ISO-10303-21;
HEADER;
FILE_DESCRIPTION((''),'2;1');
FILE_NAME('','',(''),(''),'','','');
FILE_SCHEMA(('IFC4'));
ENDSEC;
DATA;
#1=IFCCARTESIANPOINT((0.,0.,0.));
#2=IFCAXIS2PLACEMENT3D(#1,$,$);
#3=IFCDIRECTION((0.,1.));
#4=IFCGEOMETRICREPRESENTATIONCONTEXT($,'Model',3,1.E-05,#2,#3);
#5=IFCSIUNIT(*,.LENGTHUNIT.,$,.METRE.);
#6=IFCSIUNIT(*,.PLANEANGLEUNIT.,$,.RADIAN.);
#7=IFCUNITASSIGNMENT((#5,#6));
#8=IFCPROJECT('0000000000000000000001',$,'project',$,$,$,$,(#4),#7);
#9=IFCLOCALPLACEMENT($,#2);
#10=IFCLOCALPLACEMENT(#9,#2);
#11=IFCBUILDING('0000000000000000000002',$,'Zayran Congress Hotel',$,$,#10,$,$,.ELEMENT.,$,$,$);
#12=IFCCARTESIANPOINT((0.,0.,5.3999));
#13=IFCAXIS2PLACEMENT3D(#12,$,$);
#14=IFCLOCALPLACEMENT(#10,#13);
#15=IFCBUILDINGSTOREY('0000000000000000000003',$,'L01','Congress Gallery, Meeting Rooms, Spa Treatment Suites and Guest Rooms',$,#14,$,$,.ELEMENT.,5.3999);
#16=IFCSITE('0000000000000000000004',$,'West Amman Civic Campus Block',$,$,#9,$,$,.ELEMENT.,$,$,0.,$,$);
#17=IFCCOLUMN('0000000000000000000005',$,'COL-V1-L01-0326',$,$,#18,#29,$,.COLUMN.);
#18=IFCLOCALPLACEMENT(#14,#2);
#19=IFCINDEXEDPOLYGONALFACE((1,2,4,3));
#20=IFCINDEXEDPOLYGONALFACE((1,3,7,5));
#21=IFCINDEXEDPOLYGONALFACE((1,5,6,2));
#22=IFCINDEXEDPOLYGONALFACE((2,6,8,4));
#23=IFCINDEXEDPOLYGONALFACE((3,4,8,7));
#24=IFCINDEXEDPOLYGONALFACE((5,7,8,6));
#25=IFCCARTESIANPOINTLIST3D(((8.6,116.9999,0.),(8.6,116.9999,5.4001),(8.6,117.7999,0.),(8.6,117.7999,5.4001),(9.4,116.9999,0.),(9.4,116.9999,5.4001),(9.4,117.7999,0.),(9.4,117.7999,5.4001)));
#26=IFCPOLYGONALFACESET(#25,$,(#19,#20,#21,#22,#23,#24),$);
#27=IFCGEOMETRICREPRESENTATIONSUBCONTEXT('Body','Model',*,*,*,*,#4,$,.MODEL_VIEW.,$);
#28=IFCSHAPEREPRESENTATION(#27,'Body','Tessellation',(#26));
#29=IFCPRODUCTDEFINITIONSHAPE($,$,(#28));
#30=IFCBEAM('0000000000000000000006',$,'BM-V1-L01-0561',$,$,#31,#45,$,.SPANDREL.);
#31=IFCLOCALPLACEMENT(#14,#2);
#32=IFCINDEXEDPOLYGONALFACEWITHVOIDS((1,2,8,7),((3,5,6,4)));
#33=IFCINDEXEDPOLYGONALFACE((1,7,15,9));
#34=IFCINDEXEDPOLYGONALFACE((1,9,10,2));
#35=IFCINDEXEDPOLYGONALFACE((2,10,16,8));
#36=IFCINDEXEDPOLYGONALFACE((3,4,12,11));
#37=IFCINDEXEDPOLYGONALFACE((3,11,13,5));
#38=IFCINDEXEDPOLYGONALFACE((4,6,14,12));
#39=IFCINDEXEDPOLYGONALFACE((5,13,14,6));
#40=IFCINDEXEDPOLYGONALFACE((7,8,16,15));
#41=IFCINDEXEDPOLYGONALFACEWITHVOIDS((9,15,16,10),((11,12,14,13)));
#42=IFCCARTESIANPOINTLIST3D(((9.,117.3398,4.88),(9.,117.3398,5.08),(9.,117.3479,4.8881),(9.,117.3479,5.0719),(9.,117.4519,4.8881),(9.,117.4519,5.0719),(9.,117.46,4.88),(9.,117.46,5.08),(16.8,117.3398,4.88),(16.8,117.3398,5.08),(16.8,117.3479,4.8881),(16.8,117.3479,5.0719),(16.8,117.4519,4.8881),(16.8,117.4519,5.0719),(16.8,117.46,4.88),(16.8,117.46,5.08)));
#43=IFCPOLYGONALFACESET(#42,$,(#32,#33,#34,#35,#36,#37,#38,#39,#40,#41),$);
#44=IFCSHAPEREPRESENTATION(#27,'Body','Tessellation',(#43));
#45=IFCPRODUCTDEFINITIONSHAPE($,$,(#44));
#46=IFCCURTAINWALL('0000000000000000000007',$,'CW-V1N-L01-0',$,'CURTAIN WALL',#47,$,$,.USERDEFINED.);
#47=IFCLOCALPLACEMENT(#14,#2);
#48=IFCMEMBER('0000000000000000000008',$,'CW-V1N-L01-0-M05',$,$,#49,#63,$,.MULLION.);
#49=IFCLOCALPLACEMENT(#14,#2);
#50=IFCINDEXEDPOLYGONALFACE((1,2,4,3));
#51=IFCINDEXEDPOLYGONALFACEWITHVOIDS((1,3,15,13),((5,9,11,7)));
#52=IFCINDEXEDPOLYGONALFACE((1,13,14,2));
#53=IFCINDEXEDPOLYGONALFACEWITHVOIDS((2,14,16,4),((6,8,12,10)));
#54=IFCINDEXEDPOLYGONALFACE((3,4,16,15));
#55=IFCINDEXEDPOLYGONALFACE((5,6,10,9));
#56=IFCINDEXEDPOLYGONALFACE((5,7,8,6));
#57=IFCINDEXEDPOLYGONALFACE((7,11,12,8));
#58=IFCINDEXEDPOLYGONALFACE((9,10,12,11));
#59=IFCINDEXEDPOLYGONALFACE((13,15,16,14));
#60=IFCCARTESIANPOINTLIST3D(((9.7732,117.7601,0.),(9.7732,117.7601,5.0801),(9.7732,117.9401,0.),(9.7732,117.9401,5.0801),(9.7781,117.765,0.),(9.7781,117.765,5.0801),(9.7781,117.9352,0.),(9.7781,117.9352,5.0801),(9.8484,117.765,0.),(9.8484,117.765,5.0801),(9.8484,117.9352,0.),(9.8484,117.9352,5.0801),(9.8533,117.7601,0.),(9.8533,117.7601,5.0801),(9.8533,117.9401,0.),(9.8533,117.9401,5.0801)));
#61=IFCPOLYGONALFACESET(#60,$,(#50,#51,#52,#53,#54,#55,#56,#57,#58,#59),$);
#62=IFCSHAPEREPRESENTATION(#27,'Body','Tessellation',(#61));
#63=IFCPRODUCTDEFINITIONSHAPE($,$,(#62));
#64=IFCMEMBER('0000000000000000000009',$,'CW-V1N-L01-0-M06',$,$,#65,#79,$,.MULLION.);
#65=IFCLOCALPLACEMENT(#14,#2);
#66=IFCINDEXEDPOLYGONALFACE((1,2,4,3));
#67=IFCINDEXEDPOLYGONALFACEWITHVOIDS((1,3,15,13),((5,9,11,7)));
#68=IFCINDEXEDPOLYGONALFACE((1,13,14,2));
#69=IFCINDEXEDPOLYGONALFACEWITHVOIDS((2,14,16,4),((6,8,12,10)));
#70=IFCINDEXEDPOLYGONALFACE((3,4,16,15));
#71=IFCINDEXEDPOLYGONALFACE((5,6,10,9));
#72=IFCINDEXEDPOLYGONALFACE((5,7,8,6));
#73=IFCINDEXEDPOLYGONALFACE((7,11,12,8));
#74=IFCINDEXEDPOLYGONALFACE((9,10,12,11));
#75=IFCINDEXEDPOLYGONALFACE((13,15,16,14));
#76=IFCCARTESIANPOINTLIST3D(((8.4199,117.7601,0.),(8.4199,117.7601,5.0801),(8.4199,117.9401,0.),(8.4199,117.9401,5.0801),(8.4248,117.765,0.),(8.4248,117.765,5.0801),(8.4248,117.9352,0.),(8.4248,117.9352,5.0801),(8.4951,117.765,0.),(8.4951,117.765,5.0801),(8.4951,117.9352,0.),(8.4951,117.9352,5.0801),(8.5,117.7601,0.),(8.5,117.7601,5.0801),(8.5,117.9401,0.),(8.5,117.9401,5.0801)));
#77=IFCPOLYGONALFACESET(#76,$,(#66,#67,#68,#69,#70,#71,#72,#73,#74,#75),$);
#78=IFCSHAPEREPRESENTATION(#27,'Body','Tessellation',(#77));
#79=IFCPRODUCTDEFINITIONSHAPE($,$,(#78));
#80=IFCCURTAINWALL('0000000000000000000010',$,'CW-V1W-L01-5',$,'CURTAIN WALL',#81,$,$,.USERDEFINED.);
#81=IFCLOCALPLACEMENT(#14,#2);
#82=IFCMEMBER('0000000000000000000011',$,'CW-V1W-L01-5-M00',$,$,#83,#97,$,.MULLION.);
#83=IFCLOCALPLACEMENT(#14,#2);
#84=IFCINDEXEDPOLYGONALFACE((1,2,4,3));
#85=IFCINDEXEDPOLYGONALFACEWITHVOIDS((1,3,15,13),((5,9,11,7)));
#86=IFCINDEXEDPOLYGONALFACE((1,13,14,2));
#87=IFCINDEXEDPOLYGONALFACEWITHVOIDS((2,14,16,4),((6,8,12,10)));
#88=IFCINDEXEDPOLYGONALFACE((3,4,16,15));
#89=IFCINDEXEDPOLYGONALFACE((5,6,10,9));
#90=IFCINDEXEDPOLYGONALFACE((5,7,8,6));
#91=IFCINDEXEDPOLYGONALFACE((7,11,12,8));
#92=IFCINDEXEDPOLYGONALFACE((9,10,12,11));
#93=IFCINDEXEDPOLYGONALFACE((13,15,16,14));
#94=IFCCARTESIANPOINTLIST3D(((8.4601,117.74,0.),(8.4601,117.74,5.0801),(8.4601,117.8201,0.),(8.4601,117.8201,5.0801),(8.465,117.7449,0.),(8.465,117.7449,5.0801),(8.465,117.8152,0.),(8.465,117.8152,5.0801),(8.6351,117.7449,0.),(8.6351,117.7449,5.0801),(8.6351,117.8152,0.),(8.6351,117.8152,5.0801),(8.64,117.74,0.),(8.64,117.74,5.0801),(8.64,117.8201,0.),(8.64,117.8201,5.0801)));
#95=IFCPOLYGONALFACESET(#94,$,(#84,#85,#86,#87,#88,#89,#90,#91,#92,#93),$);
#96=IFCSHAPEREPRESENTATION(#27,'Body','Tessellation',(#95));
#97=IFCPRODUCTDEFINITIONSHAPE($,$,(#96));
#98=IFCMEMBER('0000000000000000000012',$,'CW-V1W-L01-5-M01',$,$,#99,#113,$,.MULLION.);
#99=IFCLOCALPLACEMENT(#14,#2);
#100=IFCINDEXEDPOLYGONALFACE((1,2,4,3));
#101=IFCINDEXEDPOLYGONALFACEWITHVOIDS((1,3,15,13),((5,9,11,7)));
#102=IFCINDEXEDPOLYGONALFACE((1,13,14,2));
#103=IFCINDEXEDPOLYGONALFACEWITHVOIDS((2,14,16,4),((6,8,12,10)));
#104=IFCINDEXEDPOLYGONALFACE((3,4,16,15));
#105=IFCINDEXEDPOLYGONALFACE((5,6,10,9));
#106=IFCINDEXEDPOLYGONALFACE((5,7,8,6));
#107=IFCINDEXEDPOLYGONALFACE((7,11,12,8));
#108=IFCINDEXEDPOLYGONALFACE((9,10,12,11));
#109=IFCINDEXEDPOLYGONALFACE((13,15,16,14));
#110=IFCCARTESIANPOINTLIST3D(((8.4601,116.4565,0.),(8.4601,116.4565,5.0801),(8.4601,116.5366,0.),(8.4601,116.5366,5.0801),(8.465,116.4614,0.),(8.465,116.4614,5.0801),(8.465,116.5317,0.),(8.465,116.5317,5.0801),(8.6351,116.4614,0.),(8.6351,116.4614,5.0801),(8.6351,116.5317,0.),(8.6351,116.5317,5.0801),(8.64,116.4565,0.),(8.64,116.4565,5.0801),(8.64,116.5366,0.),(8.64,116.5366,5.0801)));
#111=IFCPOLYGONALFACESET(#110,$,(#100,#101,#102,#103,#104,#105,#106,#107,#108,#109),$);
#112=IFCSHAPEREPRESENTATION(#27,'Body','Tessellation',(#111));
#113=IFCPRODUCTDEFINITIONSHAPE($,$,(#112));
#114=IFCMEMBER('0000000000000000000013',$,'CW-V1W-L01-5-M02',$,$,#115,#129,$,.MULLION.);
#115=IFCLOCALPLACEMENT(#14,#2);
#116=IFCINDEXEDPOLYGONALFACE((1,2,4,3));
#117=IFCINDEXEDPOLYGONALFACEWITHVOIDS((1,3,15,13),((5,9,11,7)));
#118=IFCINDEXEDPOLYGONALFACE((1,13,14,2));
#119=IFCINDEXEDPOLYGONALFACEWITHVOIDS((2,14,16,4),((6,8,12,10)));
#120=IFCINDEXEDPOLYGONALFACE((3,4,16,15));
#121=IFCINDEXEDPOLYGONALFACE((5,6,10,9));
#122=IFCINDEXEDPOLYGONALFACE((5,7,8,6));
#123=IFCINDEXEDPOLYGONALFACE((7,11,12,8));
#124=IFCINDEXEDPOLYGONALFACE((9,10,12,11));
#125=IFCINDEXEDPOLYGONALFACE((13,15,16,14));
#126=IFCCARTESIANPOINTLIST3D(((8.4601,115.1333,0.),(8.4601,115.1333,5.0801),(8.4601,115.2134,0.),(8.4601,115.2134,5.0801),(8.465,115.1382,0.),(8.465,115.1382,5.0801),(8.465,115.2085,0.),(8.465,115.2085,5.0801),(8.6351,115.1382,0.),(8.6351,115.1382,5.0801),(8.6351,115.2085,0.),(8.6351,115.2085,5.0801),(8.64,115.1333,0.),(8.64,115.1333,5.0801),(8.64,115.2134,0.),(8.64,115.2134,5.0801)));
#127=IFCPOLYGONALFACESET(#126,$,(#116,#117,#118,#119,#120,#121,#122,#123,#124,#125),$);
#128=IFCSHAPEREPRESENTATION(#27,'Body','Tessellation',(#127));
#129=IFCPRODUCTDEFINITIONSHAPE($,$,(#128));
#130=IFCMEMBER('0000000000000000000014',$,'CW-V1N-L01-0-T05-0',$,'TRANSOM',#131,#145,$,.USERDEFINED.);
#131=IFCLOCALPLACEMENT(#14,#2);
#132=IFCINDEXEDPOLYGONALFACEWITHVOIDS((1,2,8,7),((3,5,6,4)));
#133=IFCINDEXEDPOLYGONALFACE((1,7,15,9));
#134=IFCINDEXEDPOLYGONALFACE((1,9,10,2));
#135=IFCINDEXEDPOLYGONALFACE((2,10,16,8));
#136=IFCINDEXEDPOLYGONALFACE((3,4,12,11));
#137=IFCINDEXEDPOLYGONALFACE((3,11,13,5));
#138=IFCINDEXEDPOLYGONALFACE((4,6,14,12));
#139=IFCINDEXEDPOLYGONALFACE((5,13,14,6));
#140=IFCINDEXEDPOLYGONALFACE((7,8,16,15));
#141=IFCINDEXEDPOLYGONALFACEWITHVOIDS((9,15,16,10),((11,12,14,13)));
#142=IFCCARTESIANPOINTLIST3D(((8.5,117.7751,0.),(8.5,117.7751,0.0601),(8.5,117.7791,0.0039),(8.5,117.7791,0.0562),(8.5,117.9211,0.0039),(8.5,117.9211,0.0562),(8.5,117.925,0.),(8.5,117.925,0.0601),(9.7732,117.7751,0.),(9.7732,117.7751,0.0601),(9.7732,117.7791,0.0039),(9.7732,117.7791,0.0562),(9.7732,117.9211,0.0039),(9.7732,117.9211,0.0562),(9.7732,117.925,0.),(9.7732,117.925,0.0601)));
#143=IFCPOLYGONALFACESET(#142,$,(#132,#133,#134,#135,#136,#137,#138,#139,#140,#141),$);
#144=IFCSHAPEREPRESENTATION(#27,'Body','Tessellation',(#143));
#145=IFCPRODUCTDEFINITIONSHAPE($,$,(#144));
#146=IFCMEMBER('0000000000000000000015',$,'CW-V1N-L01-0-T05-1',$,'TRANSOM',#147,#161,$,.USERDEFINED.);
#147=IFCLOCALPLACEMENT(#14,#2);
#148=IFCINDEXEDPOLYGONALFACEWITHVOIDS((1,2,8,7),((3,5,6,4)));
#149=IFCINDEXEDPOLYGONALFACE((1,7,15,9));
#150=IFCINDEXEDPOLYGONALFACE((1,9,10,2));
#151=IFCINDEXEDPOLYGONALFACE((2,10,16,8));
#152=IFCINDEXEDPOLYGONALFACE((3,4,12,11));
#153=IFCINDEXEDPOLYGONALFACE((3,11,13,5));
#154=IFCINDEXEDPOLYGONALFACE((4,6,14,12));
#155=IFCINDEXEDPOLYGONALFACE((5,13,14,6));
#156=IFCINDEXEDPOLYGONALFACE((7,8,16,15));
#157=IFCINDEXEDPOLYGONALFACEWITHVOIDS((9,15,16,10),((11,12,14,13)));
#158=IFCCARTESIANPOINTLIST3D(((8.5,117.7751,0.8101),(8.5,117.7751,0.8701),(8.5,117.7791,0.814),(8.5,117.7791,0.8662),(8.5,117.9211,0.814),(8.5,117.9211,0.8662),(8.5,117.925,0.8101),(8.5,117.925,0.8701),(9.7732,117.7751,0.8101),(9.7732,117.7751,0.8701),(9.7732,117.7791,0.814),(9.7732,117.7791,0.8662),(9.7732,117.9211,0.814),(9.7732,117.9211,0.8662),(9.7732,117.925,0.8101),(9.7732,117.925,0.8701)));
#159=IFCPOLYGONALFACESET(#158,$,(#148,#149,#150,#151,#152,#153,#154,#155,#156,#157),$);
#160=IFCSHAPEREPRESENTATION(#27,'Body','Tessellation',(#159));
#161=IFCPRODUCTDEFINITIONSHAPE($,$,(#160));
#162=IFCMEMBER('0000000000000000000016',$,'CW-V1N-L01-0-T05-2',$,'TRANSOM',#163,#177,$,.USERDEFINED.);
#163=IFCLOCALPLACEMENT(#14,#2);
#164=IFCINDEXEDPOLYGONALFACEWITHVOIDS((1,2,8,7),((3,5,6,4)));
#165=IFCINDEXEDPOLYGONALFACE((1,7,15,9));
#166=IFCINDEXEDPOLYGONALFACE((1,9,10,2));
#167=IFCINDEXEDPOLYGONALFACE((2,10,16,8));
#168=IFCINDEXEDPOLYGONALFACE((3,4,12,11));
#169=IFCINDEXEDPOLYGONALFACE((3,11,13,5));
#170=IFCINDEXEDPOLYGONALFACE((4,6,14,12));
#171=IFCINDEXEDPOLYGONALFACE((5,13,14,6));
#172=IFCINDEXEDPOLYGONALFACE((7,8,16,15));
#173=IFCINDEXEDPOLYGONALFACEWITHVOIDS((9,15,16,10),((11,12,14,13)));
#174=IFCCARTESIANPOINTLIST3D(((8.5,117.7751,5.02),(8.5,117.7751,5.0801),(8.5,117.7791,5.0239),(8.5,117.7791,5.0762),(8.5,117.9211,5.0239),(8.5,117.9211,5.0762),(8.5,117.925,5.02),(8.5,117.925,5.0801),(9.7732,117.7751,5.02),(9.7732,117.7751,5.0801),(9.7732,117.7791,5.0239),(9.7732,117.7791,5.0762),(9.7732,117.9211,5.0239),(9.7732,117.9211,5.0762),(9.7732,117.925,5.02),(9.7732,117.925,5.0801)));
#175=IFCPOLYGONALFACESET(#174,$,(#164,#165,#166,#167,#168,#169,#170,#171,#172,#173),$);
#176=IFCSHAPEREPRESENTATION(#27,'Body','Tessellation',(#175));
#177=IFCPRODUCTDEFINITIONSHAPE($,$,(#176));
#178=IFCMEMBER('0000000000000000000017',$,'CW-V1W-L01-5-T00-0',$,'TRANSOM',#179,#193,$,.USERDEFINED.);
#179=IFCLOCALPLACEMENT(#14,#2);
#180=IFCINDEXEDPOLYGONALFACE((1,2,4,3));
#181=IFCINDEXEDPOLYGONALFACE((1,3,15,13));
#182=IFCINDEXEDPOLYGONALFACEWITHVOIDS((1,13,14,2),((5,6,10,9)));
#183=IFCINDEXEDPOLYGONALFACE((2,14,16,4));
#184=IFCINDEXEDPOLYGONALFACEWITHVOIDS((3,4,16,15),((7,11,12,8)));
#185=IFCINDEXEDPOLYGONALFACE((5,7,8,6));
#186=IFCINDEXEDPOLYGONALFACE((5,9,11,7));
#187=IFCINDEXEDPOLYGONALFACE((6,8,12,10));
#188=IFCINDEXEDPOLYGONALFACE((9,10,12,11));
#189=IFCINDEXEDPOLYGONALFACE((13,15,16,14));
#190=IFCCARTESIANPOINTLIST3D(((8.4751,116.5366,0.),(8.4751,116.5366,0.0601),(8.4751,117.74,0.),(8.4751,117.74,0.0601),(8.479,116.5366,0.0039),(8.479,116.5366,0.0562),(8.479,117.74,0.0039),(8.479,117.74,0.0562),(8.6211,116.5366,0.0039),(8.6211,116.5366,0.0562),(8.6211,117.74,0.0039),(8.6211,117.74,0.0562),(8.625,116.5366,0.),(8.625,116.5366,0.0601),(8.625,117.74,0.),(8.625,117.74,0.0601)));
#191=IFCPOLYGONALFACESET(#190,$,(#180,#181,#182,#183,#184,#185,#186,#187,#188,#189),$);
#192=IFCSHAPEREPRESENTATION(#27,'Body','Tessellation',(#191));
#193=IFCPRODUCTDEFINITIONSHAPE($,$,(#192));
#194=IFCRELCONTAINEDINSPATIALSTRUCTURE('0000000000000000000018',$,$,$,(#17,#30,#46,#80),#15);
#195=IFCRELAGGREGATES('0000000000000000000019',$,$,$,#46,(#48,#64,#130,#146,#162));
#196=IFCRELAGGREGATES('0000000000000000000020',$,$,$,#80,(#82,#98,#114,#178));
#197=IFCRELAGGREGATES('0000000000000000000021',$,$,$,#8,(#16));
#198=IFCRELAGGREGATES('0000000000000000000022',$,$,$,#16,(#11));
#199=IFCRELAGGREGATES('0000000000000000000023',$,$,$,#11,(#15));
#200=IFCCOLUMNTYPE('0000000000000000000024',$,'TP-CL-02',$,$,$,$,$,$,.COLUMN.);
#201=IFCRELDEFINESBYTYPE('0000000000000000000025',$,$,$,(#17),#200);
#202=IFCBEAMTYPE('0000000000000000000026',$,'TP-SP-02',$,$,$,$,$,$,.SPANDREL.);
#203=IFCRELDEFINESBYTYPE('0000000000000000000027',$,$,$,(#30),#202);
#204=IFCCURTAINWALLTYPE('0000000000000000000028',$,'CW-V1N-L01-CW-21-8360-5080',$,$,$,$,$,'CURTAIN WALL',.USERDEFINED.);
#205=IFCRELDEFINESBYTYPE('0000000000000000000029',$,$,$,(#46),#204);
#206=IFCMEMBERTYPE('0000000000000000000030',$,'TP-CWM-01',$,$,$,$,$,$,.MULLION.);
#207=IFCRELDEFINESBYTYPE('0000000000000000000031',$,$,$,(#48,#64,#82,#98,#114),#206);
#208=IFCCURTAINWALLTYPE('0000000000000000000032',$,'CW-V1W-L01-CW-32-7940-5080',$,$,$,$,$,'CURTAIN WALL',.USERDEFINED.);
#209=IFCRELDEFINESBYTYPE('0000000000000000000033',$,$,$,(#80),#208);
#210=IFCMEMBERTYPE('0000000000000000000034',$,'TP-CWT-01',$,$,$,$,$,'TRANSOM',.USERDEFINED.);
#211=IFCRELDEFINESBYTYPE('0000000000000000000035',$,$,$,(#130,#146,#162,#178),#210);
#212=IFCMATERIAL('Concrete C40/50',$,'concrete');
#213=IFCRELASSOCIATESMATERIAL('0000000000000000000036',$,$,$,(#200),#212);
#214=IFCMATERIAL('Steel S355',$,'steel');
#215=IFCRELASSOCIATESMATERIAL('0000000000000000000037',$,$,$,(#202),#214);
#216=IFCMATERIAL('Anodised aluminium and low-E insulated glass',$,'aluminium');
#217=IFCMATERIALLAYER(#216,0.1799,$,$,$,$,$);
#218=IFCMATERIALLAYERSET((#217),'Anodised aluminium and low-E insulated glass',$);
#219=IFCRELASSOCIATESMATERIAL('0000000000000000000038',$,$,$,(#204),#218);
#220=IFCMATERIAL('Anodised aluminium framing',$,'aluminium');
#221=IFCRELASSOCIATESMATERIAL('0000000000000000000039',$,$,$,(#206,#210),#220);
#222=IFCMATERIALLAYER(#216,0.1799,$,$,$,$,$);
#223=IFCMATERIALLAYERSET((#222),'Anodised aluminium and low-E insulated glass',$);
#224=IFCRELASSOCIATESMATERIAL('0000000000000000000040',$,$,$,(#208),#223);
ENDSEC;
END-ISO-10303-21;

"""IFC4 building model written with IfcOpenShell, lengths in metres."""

from ifc_helpers import new_model, si_unit, direction, frame, origin, origin_2d, place, context, subcontext, project, spatial, rectangle, hollow_rectangle, extrude, material, layer, layer_set, material_profile, profile_set, type_object, element, aggregate, save


model = new_model("IFC4")

# Units and contexts
model_context = context("Model", 3, precision=1e-05, world=origin(), true_north=direction((0.0, 1.0)))
body_context = subcontext(model_context, "Body", "Model", "MODEL_VIEW")
ifc_project = project(units=[si_unit("LENGTHUNIT", "METRE"), si_unit("PLANEANGLEUNIT", "RADIAN")], contexts=[model_context])

# Site, building, storey
site_placement = place(None, origin())
site = spatial("IfcSite", under=ifc_project, at=site_placement, Name="West Amman Civic Campus Block", CompositionType="ELEMENT", RefElevation=0.0)
building_placement = place(site_placement, origin())
building = spatial("IfcBuilding", under=site, at=building_placement, Name="Zayran Congress Hotel", CompositionType="ELEMENT")
storey_placement = place(building_placement, frame((0.0, 0.0, 5.3999)))
storey = spatial("IfcBuildingStorey", under=building, at=storey_placement, Name="L01", Description="Congress Gallery, Meeting Rooms, Spa Treatment Suites and Guest Rooms", CompositionType="ELEMENT", Elevation=5.3999)

# Column
ifc_material_1 = material(Name="Concrete C40/50", Category="concrete")
ifc_material_profile_1 = material_profile(ifc_material_1, rectangle(XDim=0.8, YDim=0.8, at=origin_2d()), Name="RC 800x800")
ifc_profile_set_1 = profile_set([ifc_material_profile_1], Name="Concrete C40/50")
column_type = type_object("IfcColumnType", Name="TP-CL-02", PredefinedType="COLUMN", material=ifc_profile_set_1)
column_placement = place(storey_placement, frame((9.0, 117.3999, 0.0), z_axis=(0.0, 0.0, 1.0), x_axis=(1.0, 0.0, 0.0)))
element("IfcColumn", 1, at=column_placement, inside=storey, type_object=column_type, Name="COL-V1-L01-0326", PredefinedType="COLUMN", context=body_context, shape_type="SweptSolid", body=[
    extrude(rectangle(XDim=0.8, YDim=0.8, at=origin_2d()), origin(), (0.0, 0.0, 1.0), 5.4001),
])

# Beam
ifc_material_2 = material(Name="Steel S355", Category="steel")
ifc_material_profile_2 = material_profile(ifc_material_2, hollow_rectangle(XDim=0.1201, YDim=0.2, WallThickness=0.0081, at=origin_2d()), Name="RHS 200x120x8")
ifc_profile_set_2 = profile_set([ifc_material_profile_2], Name="Steel S355")
beam_type = type_object("IfcBeamType", Name="TP-SP-02", PredefinedType="SPANDREL", material=ifc_profile_set_2)
beam_placement = place(storey_placement, frame((9.0, 117.3999, 4.98), z_axis=(1.0, 0.0, 0.0), x_axis=(0.0, 1.0, 0.0)))
element("IfcBeam", 2, at=beam_placement, inside=storey, type_object=beam_type, Name="BM-V1-L01-0561", PredefinedType="SPANDREL", context=body_context, shape_type="SweptSolid", body=[
    extrude(hollow_rectangle(XDim=0.1201, YDim=0.2, WallThickness=0.0081, at=origin_2d()), origin(), (0.0, 0.0, 1.0), 7.8),
])

# Curtain walls, members
ifc_material_3 = material(Name="Anodised aluminium and low-E insulated glass", Category="aluminium")
ifc_layer_1 = layer(ifc_material_3, 0.1799)
ifc_layer_set_1 = layer_set([ifc_layer_1], Name="Anodised aluminium and low-E insulated glass")
curtain_wall_type_1 = type_object("IfcCurtainWallType", Name="CW-V1N-L01-CW-21-8360-5080", ElementType="CURTAIN WALL", PredefinedType="USERDEFINED", material=ifc_layer_set_1)
curtain_wall_1_placement = place(storey_placement, origin())
curtain_wall_1 = element("IfcCurtainWall", 3, at=curtain_wall_1_placement, inside=storey, type_object=curtain_wall_type_1, Name="CW-V1N-L01-0", ObjectType="CURTAIN WALL", PredefinedType="USERDEFINED")
ifc_material_4 = material(Name="Anodised aluminium framing", Category="aluminium")
ifc_material_profile_3 = material_profile(ifc_material_4, hollow_rectangle(XDim=0.0801, YDim=0.1799, WallThickness=0.0049, at=origin_2d()), Name="RHS 180x80x5")
ifc_profile_set_3 = profile_set([ifc_material_profile_3], Name="Anodised aluminium framing")
member_type_1 = type_object("IfcMemberType", Name="TP-CWM-01", PredefinedType="MULLION", material=ifc_profile_set_3)
member_1_placement = place(storey_placement, frame((9.8132, 117.8501, 0.0), z_axis=(0.0, 0.0, 1.0), x_axis=(1.0, 0.0, 0.0)))
member_1 = element("IfcMember", 4, at=member_1_placement, type_object=member_type_1, Name="CW-V1N-L01-0-M05", PredefinedType="MULLION", context=body_context, shape_type="SweptSolid", body=[
    extrude(hollow_rectangle(XDim=0.0801, YDim=0.1799, WallThickness=0.0049, at=origin_2d()), origin(), (0.0, 0.0, 1.0), 5.0801),
])
member_2_placement = place(storey_placement, frame((8.46, 117.8501, 0.0), z_axis=(0.0, 0.0, 1.0), x_axis=(1.0, 0.0, 0.0)))
member_2 = element("IfcMember", 5, at=member_2_placement, type_object=member_type_1, Name="CW-V1N-L01-0-M06", PredefinedType="MULLION", context=body_context, shape_type="SweptSolid", body=[
    extrude(hollow_rectangle(XDim=0.0801, YDim=0.1799, WallThickness=0.0049, at=origin_2d()), origin(), (0.0, 0.0, 1.0), 5.0801),
])
ifc_layer_2 = layer(ifc_material_3, 0.1799)
ifc_layer_set_2 = layer_set([ifc_layer_2], Name="Anodised aluminium and low-E insulated glass")
curtain_wall_type_2 = type_object("IfcCurtainWallType", Name="CW-V1W-L01-CW-32-7940-5080", ElementType="CURTAIN WALL", PredefinedType="USERDEFINED", material=ifc_layer_set_2)
curtain_wall_2_placement = place(storey_placement, origin())
curtain_wall_2 = element("IfcCurtainWall", 6, at=curtain_wall_2_placement, inside=storey, type_object=curtain_wall_type_2, Name="CW-V1W-L01-5", ObjectType="CURTAIN WALL", PredefinedType="USERDEFINED")
member_3_placement = place(storey_placement, frame((8.55, 117.78, 0.0), z_axis=(0.0, 0.0, 1.0), x_axis=(0.0, 1.0, 0.0)))
member_3 = element("IfcMember", 7, at=member_3_placement, type_object=member_type_1, Name="CW-V1W-L01-5-M00", PredefinedType="MULLION", context=body_context, shape_type="SweptSolid", body=[
    extrude(hollow_rectangle(XDim=0.0801, YDim=0.1799, WallThickness=0.0049, at=origin_2d()), origin(), (0.0, 0.0, 1.0), 5.0801),
])
member_4_placement = place(storey_placement, frame((8.55, 116.4966, 0.0), z_axis=(0.0, 0.0, 1.0), x_axis=(0.0, 1.0, 0.0)))
member_4 = element("IfcMember", 8, at=member_4_placement, type_object=member_type_1, Name="CW-V1W-L01-5-M01", PredefinedType="MULLION", context=body_context, shape_type="SweptSolid", body=[
    extrude(hollow_rectangle(XDim=0.0801, YDim=0.1799, WallThickness=0.0049, at=origin_2d()), origin(), (0.0, 0.0, 1.0), 5.0801),
])
member_5_placement = place(storey_placement, frame((8.55, 115.1733, 0.0), z_axis=(0.0, 0.0, 1.0), x_axis=(0.0, 1.0, 0.0)))
member_5 = element("IfcMember", 9, at=member_5_placement, type_object=member_type_1, Name="CW-V1W-L01-5-M02", PredefinedType="MULLION", context=body_context, shape_type="SweptSolid", body=[
    extrude(hollow_rectangle(XDim=0.0801, YDim=0.1799, WallThickness=0.0049, at=origin_2d()), origin(), (0.0, 0.0, 1.0), 5.0801),
])

# Members
ifc_material_profile_4 = material_profile(ifc_material_4, hollow_rectangle(XDim=0.0601, YDim=0.1499, WallThickness=0.0039, at=origin_2d()), Name="RHS 150x60x4")
ifc_profile_set_4 = profile_set([ifc_material_profile_4], Name="Anodised aluminium framing")
member_type_2 = type_object("IfcMemberType", Name="TP-CWT-01", ElementType="TRANSOM", PredefinedType="USERDEFINED", material=ifc_profile_set_4)
member_6_placement = place(storey_placement, frame((9.7732, 117.8501, 0.03), z_axis=(-1.0, 0.0, 0.0), x_axis=(0.0, 0.0, 1.0)))
member_6 = element("IfcMember", 10, at=member_6_placement, type_object=member_type_2, Name="CW-V1N-L01-0-T05-0", ObjectType="TRANSOM", PredefinedType="USERDEFINED", context=body_context, shape_type="SweptSolid", body=[
    extrude(hollow_rectangle(XDim=0.0601, YDim=0.1499, WallThickness=0.0039, at=origin_2d()), origin(), (0.0, 0.0, 1.0), 1.2732),
])
member_7_placement = place(storey_placement, frame((9.7732, 117.8501, 0.8401), z_axis=(-1.0, 0.0, 0.0), x_axis=(0.0, 0.0, 1.0)))
member_7 = element("IfcMember", 11, at=member_7_placement, type_object=member_type_2, Name="CW-V1N-L01-0-T05-1", ObjectType="TRANSOM", PredefinedType="USERDEFINED", context=body_context, shape_type="SweptSolid", body=[
    extrude(hollow_rectangle(XDim=0.0601, YDim=0.1499, WallThickness=0.0039, at=origin_2d()), origin(), (0.0, 0.0, 1.0), 1.2732),
])
member_8_placement = place(storey_placement, frame((9.7732, 117.8501, 5.05), z_axis=(-1.0, 0.0, 0.0), x_axis=(0.0, 0.0, 1.0)))
member_8 = element("IfcMember", 12, at=member_8_placement, type_object=member_type_2, Name="CW-V1N-L01-0-T05-2", ObjectType="TRANSOM", PredefinedType="USERDEFINED", context=body_context, shape_type="SweptSolid", body=[
    extrude(hollow_rectangle(XDim=0.0601, YDim=0.1499, WallThickness=0.0039, at=origin_2d()), origin(), (0.0, 0.0, 1.0), 1.2732),
])
member_9_placement = place(storey_placement, frame((8.55, 117.74, 0.03), z_axis=(0.0, -1.0, 0.0), x_axis=(0.0, 0.0, 1.0)))
member_9 = element("IfcMember", 13, at=member_9_placement, type_object=member_type_2, Name="CW-V1W-L01-5-T00-0", ObjectType="TRANSOM", PredefinedType="USERDEFINED", context=body_context, shape_type="SweptSolid", body=[
    extrude(hollow_rectangle(XDim=0.0601, YDim=0.1499, WallThickness=0.0039, at=origin_2d()), origin(), (0.0, 0.0, 1.0), 1.2034),
])

aggregate(curtain_wall_1, [member_1, member_2, member_6, member_7, member_8])
aggregate(curtain_wall_2, [member_3, member_4, member_5, member_9])

save(model, "model.ifc")
